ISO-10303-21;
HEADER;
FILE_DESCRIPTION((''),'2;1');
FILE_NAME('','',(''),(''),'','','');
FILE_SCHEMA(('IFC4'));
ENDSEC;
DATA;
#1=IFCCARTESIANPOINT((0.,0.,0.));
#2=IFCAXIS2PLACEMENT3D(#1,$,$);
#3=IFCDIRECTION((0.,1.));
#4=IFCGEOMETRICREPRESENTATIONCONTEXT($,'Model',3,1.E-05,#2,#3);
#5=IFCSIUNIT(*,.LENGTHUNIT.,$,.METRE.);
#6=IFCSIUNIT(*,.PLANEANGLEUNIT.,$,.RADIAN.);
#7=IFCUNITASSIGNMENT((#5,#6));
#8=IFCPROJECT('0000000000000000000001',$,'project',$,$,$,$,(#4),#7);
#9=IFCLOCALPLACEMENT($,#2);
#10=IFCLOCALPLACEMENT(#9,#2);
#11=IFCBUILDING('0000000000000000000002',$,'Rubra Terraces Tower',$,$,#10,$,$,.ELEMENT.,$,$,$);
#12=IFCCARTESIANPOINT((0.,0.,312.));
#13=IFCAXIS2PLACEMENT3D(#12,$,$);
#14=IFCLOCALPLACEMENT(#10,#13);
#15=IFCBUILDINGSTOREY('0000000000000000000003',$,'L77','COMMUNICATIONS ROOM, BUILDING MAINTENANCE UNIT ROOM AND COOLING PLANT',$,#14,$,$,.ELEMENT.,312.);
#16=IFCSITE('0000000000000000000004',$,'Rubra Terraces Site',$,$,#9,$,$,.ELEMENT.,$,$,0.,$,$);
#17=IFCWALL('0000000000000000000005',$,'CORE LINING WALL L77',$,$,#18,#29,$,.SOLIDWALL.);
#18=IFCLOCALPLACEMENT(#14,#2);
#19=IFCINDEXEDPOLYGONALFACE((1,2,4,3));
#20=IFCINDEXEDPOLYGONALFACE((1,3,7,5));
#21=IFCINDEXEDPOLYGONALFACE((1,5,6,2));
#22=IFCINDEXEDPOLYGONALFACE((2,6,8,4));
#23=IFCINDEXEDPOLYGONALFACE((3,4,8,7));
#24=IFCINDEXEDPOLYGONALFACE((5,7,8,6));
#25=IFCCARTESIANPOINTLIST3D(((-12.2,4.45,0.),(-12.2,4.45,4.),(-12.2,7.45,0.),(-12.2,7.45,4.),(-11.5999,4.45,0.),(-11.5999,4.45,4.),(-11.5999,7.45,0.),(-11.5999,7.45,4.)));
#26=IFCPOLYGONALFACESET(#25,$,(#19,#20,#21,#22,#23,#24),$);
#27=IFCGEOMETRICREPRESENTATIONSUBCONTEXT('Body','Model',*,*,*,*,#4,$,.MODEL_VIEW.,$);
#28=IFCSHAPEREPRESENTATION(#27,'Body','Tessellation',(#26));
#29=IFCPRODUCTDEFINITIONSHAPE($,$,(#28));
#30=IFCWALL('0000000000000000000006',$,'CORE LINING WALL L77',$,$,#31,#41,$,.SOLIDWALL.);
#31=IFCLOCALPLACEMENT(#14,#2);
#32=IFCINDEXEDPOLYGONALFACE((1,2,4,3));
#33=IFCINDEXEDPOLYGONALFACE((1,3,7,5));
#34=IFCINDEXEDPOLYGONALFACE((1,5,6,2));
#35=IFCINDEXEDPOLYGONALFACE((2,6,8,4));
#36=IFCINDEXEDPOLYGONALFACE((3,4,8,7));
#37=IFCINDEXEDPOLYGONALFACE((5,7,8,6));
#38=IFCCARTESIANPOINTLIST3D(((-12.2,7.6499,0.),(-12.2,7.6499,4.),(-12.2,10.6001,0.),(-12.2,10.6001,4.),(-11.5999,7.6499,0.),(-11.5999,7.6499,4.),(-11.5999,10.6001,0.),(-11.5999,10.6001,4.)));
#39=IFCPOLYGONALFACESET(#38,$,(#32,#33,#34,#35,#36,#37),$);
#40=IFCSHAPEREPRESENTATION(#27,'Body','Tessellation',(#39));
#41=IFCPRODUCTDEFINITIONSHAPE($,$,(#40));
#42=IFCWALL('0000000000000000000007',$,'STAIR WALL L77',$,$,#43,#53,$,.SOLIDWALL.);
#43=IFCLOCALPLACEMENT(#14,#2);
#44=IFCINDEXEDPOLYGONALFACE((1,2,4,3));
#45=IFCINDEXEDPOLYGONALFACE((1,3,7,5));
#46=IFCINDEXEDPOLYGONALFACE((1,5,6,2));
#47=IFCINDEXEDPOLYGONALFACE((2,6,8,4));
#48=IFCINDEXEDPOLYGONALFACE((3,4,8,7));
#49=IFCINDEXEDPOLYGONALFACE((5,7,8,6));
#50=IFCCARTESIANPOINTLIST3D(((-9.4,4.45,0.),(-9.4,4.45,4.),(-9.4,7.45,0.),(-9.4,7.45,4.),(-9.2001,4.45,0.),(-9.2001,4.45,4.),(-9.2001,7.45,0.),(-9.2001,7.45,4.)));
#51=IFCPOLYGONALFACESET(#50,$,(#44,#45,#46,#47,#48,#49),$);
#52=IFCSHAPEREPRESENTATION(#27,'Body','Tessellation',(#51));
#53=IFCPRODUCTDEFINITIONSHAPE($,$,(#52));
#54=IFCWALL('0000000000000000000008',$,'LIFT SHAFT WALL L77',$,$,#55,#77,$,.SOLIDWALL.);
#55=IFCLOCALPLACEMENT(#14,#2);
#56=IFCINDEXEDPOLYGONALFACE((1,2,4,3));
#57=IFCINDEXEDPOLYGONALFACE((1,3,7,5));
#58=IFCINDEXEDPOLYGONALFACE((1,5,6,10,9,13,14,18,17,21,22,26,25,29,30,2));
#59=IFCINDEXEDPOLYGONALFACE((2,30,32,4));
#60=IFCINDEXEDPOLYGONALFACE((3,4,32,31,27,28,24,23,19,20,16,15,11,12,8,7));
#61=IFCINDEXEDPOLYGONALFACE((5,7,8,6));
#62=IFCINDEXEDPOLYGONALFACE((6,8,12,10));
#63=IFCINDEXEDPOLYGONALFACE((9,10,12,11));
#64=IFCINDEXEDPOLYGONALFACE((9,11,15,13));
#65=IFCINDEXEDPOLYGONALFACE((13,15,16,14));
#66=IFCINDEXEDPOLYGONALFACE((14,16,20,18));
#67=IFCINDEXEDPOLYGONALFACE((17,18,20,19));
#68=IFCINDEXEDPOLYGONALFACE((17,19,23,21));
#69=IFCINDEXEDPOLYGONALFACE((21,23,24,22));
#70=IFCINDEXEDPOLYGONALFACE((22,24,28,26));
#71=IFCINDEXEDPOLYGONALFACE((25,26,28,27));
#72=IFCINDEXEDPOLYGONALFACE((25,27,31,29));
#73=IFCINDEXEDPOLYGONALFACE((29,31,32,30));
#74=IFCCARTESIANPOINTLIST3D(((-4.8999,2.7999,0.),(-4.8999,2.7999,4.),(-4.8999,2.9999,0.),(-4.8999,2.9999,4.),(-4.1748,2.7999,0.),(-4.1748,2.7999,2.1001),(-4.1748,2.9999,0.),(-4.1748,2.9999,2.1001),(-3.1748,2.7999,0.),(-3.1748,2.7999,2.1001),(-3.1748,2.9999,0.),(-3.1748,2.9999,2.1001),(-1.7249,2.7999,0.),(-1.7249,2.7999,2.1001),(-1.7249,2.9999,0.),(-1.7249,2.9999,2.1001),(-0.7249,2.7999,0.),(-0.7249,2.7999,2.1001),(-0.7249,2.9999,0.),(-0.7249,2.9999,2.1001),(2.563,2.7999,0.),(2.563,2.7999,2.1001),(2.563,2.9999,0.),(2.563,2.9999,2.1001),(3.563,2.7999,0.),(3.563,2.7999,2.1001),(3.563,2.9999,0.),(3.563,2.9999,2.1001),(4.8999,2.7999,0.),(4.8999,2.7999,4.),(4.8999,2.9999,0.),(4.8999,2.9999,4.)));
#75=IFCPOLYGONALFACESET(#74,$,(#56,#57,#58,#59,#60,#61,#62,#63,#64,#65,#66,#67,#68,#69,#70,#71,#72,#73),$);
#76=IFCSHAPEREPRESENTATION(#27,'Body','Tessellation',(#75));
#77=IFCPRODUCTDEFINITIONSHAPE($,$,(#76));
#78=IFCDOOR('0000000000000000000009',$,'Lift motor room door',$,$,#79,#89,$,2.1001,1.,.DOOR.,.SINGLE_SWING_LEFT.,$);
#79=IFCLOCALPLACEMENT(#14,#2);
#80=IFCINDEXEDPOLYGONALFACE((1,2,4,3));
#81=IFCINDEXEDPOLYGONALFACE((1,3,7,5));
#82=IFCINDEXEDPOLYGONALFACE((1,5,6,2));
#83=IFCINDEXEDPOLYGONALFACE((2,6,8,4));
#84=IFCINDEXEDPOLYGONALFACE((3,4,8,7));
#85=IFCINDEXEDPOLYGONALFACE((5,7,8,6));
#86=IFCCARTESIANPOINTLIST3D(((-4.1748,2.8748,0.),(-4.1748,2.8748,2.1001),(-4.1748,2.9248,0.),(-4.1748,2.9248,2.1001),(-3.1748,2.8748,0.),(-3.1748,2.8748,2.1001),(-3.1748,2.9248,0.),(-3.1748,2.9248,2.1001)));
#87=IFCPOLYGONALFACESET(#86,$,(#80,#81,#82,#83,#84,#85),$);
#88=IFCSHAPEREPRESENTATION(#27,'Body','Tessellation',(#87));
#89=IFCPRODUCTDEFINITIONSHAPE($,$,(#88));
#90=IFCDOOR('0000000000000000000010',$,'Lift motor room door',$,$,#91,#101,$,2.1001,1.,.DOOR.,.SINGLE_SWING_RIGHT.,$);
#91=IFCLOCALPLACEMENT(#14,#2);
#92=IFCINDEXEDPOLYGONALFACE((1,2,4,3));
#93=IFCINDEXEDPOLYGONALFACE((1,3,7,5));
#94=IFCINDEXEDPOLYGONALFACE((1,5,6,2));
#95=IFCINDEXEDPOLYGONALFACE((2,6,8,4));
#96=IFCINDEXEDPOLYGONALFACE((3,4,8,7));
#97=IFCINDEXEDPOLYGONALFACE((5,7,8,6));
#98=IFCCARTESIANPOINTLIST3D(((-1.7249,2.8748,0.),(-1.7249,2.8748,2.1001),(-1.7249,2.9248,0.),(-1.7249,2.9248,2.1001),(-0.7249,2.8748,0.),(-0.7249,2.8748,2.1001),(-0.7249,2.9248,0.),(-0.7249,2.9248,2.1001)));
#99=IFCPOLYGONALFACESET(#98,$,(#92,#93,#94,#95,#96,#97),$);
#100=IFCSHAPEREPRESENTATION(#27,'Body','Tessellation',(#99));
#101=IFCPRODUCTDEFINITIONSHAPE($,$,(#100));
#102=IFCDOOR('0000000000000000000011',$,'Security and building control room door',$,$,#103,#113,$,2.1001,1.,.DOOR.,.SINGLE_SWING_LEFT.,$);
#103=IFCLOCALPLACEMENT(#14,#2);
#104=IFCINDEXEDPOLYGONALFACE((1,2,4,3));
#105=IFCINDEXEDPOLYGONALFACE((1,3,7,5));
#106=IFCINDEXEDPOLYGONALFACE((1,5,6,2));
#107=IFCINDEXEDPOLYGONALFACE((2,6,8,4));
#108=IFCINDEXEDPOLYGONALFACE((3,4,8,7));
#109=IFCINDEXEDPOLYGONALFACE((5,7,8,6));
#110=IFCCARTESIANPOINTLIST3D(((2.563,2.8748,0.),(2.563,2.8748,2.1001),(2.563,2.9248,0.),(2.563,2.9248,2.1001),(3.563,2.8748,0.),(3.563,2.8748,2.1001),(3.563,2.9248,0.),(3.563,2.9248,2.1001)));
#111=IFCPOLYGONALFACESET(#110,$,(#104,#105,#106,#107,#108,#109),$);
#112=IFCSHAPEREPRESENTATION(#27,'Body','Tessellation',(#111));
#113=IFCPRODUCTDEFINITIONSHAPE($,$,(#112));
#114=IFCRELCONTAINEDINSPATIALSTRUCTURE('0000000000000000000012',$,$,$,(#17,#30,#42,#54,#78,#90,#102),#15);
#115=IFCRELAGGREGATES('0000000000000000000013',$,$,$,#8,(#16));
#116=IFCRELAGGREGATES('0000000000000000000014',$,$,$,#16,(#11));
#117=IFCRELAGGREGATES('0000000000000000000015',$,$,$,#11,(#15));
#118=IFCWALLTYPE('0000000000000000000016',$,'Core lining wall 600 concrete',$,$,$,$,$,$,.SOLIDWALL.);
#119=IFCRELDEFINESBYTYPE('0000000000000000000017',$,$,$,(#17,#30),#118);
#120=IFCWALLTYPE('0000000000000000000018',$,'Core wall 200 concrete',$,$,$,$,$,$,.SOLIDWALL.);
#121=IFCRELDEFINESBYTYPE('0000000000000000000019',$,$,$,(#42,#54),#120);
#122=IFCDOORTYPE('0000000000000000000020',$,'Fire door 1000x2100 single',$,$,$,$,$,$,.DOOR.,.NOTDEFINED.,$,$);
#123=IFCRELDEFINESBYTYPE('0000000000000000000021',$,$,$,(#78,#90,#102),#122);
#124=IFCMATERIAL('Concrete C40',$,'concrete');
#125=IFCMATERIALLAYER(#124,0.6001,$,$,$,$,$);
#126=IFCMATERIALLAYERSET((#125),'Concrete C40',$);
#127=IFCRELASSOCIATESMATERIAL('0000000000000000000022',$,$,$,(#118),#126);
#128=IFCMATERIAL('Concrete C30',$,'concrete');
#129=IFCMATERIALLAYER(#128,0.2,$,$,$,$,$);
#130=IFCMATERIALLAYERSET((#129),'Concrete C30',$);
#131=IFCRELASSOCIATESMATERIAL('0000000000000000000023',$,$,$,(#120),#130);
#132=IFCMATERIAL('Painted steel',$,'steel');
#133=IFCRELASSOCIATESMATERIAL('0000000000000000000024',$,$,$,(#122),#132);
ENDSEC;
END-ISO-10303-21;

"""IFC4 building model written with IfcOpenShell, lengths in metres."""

from ifc_helpers import new_model, si_unit, direction, frame, frame_2d, origin, place, context, subcontext, project, spatial, rectangle, extrude, material, layer, layer_set, type_object, element, fill, save


model = new_model("IFC4")

# Units and contexts
model_context = context("Model", 3, precision=1e-05, world=origin(), true_north=direction((0.0, 1.0)))
body_context = subcontext(model_context, "Body", "Model", "MODEL_VIEW")
ifc_project = project(units=[si_unit("LENGTHUNIT", "METRE"), si_unit("PLANEANGLEUNIT", "RADIAN")], contexts=[model_context])

# Site, building, storey
site_placement = place(None, origin())
site = spatial("IfcSite", under=ifc_project, at=site_placement, Name="Rubra Terraces Site", CompositionType="ELEMENT", RefElevation=0.0)
building_placement = place(site_placement, origin())
building = spatial("IfcBuilding", under=site, at=building_placement, Name="Rubra Terraces Tower", CompositionType="ELEMENT")
storey_placement = place(building_placement, frame((0.0, 0.0, 312.0)))
storey = spatial("IfcBuildingStorey", under=building, at=storey_placement, Name="L77", Description="COMMUNICATIONS ROOM, BUILDING MAINTENANCE UNIT ROOM AND COOLING PLANT", CompositionType="ELEMENT", Elevation=312.0)

# Walls
ifc_material_1 = material(Name="Concrete C40", Category="concrete")
ifc_layer_1 = layer(ifc_material_1, 0.6001)
ifc_layer_set_1 = layer_set([ifc_layer_1], Name="Concrete C40")
wall_type_1 = type_object("IfcWallType", Name="Core lining wall 600 concrete", PredefinedType="SOLIDWALL", material=ifc_layer_set_1)
wall_1_placement = place(storey_placement, frame((-11.8999, 4.45, 0.0), z_axis=(0.0, 0.0, 1.0), x_axis=(0.0, 1.0, 0.0)))
element("IfcWall", 1, at=wall_1_placement, inside=storey, type_object=wall_type_1, Name="CORE LINING WALL L77", PredefinedType="SOLIDWALL", context=body_context, shape_type="SweptSolid", body=[
    extrude(rectangle(XDim=3.0, YDim=0.6001, at=frame_2d((1.5, 0.0))), origin(), (0.0, 0.0, 1.0), 4.0),
])
wall_2_placement = place(storey_placement, frame((-11.8999, 7.6499, 0.0), z_axis=(0.0, 0.0, 1.0), x_axis=(0.0, 1.0, 0.0)))
element("IfcWall", 2, at=wall_2_placement, inside=storey, type_object=wall_type_1, Name="CORE LINING WALL L77", PredefinedType="SOLIDWALL", context=body_context, shape_type="SweptSolid", body=[
    extrude(rectangle(XDim=2.9502, YDim=0.6001, at=frame_2d((1.4751, 0.0))), origin(), (0.0, 0.0, 1.0), 4.0),
])
ifc_material_2 = material(Name="Concrete C30", Category="concrete")
ifc_layer_2 = layer(ifc_material_2, 0.2)
ifc_layer_set_2 = layer_set([ifc_layer_2], Name="Concrete C30")
wall_type_2 = type_object("IfcWallType", Name="Core wall 200 concrete", PredefinedType="SOLIDWALL", material=ifc_layer_set_2)
wall_3_placement = place(storey_placement, frame((-9.3, 4.45, 0.0), z_axis=(0.0, 0.0, 1.0), x_axis=(0.0, 1.0, 0.0)))
element("IfcWall", 3, at=wall_3_placement, inside=storey, type_object=wall_type_2, Name="STAIR WALL L77", PredefinedType="SOLIDWALL", context=body_context, shape_type="SweptSolid", body=[
    extrude(rectangle(XDim=3.0, YDim=0.2, at=frame_2d((1.5, 0.0))), origin(), (0.0, 0.0, 1.0), 4.0),
])

# Wall, openings, doors
wall_4_placement = place(storey_placement, frame((-4.8999, 2.8999, 0.0), z_axis=(0.0, 0.0, 1.0), x_axis=(1.0, 0.0, 0.0)))
wall_4 = element("IfcWall", 4, at=wall_4_placement, inside=storey, type_object=wall_type_2, Name="LIFT SHAFT WALL L77", PredefinedType="SOLIDWALL", context=body_context, shape_type="SweptSolid", body=[
    extrude(rectangle(XDim=9.7998, YDim=0.2, at=frame_2d((4.8999, 0.0))), origin(), (0.0, 0.0, 1.0), 4.0),
])
opening_1_placement = place(wall_4_placement, frame((0.7251, 0.0, 0.0)))
opening_1 = element("IfcOpeningElement", 5, at=opening_1_placement, cuts=wall_4, PredefinedType="OPENING", context=body_context, shape_type="SweptSolid", body=[
    extrude(rectangle(XDim=1.0, YDim=2.1001, at=frame_2d((0.5, 1.05))), frame((0.0, 0.1099, 0.0), z_axis=(0.0, -1.0, 0.0), x_axis=(1.0, 0.0, 0.0)), (0.0, 0.0, 1.0), 0.22),
])
opening_2_placement = place(wall_4_placement, frame((3.175, 0.0, 0.0)))
opening_2 = element("IfcOpeningElement", 6, at=opening_2_placement, cuts=wall_4, PredefinedType="OPENING", context=body_context, shape_type="SweptSolid", body=[
    extrude(rectangle(XDim=1.0, YDim=2.1001, at=frame_2d((0.5, 1.05))), frame((0.0, 0.1099, 0.0), z_axis=(0.0, -1.0, 0.0), x_axis=(1.0, 0.0, 0.0)), (0.0, 0.0, 1.0), 0.22),
])
opening_3_placement = place(wall_4_placement, frame((7.4629, 0.0, 0.0)))
opening_3 = element("IfcOpeningElement", 7, at=opening_3_placement, cuts=wall_4, PredefinedType="OPENING", context=body_context, shape_type="SweptSolid", body=[
    extrude(rectangle(XDim=1.0, YDim=2.1001, at=frame_2d((0.5, 1.05))), frame((0.0, 0.1099, 0.0), z_axis=(0.0, -1.0, 0.0), x_axis=(1.0, 0.0, 0.0)), (0.0, 0.0, 1.0), 0.22),
])
ifc_material_3 = material(Name="Painted steel", Category="steel")
door_type_1 = type_object("IfcDoorType", Name="Fire door 1000x2100 single", OperationType="NOTDEFINED", PredefinedType="DOOR", material=ifc_material_3)
door_1_placement = place(opening_1_placement, origin())
door_1 = element("IfcDoor", 8, at=door_1_placement, inside=storey, type_object=door_type_1, Name="Lift motor room door", OperationType="SINGLE_SWING_LEFT", OverallHeight=2.1001, OverallWidth=1.0, PredefinedType="DOOR", context=body_context, shape_type="SweptSolid", body=[
    extrude(rectangle(XDim=1.0, YDim=2.1001, at=frame_2d((0.5, 1.05))), frame((0.0, 0.0249, 0.0), z_axis=(0.0, -1.0, 0.0), x_axis=(1.0, 0.0, 0.0)), (0.0, 0.0, 1.0), 0.05),
])
fill(opening_1, door_1)
door_2_placement = place(opening_2_placement, origin())
door_2 = element("IfcDoor", 9, at=door_2_placement, inside=storey, type_object=door_type_1, Name="Lift motor room door", OperationType="SINGLE_SWING_RIGHT", OverallHeight=2.1001, OverallWidth=1.0, PredefinedType="DOOR", context=body_context, shape_type="SweptSolid", body=[
    extrude(rectangle(XDim=1.0, YDim=2.1001, at=frame_2d((0.5, 1.05))), frame((0.0, 0.0249, 0.0), z_axis=(0.0, -1.0, 0.0), x_axis=(1.0, 0.0, 0.0)), (0.0, 0.0, 1.0), 0.05),
])
fill(opening_2, door_2)
door_3_placement = place(opening_3_placement, origin())
door_3 = element("IfcDoor", 10, at=door_3_placement, inside=storey, type_object=door_type_1, Name="Security and building control room door", OperationType="SINGLE_SWING_LEFT", OverallHeight=2.1001, OverallWidth=1.0, PredefinedType="DOOR", context=body_context, shape_type="SweptSolid", body=[
    extrude(rectangle(XDim=1.0, YDim=2.1001, at=frame_2d((0.5, 1.05))), frame((0.0, 0.0249, 0.0), z_axis=(0.0, -1.0, 0.0), x_axis=(1.0, 0.0, 0.0)), (0.0, 0.0, 1.0), 0.05),
])
fill(opening_3, door_3)

save(model, "model.ifc")
